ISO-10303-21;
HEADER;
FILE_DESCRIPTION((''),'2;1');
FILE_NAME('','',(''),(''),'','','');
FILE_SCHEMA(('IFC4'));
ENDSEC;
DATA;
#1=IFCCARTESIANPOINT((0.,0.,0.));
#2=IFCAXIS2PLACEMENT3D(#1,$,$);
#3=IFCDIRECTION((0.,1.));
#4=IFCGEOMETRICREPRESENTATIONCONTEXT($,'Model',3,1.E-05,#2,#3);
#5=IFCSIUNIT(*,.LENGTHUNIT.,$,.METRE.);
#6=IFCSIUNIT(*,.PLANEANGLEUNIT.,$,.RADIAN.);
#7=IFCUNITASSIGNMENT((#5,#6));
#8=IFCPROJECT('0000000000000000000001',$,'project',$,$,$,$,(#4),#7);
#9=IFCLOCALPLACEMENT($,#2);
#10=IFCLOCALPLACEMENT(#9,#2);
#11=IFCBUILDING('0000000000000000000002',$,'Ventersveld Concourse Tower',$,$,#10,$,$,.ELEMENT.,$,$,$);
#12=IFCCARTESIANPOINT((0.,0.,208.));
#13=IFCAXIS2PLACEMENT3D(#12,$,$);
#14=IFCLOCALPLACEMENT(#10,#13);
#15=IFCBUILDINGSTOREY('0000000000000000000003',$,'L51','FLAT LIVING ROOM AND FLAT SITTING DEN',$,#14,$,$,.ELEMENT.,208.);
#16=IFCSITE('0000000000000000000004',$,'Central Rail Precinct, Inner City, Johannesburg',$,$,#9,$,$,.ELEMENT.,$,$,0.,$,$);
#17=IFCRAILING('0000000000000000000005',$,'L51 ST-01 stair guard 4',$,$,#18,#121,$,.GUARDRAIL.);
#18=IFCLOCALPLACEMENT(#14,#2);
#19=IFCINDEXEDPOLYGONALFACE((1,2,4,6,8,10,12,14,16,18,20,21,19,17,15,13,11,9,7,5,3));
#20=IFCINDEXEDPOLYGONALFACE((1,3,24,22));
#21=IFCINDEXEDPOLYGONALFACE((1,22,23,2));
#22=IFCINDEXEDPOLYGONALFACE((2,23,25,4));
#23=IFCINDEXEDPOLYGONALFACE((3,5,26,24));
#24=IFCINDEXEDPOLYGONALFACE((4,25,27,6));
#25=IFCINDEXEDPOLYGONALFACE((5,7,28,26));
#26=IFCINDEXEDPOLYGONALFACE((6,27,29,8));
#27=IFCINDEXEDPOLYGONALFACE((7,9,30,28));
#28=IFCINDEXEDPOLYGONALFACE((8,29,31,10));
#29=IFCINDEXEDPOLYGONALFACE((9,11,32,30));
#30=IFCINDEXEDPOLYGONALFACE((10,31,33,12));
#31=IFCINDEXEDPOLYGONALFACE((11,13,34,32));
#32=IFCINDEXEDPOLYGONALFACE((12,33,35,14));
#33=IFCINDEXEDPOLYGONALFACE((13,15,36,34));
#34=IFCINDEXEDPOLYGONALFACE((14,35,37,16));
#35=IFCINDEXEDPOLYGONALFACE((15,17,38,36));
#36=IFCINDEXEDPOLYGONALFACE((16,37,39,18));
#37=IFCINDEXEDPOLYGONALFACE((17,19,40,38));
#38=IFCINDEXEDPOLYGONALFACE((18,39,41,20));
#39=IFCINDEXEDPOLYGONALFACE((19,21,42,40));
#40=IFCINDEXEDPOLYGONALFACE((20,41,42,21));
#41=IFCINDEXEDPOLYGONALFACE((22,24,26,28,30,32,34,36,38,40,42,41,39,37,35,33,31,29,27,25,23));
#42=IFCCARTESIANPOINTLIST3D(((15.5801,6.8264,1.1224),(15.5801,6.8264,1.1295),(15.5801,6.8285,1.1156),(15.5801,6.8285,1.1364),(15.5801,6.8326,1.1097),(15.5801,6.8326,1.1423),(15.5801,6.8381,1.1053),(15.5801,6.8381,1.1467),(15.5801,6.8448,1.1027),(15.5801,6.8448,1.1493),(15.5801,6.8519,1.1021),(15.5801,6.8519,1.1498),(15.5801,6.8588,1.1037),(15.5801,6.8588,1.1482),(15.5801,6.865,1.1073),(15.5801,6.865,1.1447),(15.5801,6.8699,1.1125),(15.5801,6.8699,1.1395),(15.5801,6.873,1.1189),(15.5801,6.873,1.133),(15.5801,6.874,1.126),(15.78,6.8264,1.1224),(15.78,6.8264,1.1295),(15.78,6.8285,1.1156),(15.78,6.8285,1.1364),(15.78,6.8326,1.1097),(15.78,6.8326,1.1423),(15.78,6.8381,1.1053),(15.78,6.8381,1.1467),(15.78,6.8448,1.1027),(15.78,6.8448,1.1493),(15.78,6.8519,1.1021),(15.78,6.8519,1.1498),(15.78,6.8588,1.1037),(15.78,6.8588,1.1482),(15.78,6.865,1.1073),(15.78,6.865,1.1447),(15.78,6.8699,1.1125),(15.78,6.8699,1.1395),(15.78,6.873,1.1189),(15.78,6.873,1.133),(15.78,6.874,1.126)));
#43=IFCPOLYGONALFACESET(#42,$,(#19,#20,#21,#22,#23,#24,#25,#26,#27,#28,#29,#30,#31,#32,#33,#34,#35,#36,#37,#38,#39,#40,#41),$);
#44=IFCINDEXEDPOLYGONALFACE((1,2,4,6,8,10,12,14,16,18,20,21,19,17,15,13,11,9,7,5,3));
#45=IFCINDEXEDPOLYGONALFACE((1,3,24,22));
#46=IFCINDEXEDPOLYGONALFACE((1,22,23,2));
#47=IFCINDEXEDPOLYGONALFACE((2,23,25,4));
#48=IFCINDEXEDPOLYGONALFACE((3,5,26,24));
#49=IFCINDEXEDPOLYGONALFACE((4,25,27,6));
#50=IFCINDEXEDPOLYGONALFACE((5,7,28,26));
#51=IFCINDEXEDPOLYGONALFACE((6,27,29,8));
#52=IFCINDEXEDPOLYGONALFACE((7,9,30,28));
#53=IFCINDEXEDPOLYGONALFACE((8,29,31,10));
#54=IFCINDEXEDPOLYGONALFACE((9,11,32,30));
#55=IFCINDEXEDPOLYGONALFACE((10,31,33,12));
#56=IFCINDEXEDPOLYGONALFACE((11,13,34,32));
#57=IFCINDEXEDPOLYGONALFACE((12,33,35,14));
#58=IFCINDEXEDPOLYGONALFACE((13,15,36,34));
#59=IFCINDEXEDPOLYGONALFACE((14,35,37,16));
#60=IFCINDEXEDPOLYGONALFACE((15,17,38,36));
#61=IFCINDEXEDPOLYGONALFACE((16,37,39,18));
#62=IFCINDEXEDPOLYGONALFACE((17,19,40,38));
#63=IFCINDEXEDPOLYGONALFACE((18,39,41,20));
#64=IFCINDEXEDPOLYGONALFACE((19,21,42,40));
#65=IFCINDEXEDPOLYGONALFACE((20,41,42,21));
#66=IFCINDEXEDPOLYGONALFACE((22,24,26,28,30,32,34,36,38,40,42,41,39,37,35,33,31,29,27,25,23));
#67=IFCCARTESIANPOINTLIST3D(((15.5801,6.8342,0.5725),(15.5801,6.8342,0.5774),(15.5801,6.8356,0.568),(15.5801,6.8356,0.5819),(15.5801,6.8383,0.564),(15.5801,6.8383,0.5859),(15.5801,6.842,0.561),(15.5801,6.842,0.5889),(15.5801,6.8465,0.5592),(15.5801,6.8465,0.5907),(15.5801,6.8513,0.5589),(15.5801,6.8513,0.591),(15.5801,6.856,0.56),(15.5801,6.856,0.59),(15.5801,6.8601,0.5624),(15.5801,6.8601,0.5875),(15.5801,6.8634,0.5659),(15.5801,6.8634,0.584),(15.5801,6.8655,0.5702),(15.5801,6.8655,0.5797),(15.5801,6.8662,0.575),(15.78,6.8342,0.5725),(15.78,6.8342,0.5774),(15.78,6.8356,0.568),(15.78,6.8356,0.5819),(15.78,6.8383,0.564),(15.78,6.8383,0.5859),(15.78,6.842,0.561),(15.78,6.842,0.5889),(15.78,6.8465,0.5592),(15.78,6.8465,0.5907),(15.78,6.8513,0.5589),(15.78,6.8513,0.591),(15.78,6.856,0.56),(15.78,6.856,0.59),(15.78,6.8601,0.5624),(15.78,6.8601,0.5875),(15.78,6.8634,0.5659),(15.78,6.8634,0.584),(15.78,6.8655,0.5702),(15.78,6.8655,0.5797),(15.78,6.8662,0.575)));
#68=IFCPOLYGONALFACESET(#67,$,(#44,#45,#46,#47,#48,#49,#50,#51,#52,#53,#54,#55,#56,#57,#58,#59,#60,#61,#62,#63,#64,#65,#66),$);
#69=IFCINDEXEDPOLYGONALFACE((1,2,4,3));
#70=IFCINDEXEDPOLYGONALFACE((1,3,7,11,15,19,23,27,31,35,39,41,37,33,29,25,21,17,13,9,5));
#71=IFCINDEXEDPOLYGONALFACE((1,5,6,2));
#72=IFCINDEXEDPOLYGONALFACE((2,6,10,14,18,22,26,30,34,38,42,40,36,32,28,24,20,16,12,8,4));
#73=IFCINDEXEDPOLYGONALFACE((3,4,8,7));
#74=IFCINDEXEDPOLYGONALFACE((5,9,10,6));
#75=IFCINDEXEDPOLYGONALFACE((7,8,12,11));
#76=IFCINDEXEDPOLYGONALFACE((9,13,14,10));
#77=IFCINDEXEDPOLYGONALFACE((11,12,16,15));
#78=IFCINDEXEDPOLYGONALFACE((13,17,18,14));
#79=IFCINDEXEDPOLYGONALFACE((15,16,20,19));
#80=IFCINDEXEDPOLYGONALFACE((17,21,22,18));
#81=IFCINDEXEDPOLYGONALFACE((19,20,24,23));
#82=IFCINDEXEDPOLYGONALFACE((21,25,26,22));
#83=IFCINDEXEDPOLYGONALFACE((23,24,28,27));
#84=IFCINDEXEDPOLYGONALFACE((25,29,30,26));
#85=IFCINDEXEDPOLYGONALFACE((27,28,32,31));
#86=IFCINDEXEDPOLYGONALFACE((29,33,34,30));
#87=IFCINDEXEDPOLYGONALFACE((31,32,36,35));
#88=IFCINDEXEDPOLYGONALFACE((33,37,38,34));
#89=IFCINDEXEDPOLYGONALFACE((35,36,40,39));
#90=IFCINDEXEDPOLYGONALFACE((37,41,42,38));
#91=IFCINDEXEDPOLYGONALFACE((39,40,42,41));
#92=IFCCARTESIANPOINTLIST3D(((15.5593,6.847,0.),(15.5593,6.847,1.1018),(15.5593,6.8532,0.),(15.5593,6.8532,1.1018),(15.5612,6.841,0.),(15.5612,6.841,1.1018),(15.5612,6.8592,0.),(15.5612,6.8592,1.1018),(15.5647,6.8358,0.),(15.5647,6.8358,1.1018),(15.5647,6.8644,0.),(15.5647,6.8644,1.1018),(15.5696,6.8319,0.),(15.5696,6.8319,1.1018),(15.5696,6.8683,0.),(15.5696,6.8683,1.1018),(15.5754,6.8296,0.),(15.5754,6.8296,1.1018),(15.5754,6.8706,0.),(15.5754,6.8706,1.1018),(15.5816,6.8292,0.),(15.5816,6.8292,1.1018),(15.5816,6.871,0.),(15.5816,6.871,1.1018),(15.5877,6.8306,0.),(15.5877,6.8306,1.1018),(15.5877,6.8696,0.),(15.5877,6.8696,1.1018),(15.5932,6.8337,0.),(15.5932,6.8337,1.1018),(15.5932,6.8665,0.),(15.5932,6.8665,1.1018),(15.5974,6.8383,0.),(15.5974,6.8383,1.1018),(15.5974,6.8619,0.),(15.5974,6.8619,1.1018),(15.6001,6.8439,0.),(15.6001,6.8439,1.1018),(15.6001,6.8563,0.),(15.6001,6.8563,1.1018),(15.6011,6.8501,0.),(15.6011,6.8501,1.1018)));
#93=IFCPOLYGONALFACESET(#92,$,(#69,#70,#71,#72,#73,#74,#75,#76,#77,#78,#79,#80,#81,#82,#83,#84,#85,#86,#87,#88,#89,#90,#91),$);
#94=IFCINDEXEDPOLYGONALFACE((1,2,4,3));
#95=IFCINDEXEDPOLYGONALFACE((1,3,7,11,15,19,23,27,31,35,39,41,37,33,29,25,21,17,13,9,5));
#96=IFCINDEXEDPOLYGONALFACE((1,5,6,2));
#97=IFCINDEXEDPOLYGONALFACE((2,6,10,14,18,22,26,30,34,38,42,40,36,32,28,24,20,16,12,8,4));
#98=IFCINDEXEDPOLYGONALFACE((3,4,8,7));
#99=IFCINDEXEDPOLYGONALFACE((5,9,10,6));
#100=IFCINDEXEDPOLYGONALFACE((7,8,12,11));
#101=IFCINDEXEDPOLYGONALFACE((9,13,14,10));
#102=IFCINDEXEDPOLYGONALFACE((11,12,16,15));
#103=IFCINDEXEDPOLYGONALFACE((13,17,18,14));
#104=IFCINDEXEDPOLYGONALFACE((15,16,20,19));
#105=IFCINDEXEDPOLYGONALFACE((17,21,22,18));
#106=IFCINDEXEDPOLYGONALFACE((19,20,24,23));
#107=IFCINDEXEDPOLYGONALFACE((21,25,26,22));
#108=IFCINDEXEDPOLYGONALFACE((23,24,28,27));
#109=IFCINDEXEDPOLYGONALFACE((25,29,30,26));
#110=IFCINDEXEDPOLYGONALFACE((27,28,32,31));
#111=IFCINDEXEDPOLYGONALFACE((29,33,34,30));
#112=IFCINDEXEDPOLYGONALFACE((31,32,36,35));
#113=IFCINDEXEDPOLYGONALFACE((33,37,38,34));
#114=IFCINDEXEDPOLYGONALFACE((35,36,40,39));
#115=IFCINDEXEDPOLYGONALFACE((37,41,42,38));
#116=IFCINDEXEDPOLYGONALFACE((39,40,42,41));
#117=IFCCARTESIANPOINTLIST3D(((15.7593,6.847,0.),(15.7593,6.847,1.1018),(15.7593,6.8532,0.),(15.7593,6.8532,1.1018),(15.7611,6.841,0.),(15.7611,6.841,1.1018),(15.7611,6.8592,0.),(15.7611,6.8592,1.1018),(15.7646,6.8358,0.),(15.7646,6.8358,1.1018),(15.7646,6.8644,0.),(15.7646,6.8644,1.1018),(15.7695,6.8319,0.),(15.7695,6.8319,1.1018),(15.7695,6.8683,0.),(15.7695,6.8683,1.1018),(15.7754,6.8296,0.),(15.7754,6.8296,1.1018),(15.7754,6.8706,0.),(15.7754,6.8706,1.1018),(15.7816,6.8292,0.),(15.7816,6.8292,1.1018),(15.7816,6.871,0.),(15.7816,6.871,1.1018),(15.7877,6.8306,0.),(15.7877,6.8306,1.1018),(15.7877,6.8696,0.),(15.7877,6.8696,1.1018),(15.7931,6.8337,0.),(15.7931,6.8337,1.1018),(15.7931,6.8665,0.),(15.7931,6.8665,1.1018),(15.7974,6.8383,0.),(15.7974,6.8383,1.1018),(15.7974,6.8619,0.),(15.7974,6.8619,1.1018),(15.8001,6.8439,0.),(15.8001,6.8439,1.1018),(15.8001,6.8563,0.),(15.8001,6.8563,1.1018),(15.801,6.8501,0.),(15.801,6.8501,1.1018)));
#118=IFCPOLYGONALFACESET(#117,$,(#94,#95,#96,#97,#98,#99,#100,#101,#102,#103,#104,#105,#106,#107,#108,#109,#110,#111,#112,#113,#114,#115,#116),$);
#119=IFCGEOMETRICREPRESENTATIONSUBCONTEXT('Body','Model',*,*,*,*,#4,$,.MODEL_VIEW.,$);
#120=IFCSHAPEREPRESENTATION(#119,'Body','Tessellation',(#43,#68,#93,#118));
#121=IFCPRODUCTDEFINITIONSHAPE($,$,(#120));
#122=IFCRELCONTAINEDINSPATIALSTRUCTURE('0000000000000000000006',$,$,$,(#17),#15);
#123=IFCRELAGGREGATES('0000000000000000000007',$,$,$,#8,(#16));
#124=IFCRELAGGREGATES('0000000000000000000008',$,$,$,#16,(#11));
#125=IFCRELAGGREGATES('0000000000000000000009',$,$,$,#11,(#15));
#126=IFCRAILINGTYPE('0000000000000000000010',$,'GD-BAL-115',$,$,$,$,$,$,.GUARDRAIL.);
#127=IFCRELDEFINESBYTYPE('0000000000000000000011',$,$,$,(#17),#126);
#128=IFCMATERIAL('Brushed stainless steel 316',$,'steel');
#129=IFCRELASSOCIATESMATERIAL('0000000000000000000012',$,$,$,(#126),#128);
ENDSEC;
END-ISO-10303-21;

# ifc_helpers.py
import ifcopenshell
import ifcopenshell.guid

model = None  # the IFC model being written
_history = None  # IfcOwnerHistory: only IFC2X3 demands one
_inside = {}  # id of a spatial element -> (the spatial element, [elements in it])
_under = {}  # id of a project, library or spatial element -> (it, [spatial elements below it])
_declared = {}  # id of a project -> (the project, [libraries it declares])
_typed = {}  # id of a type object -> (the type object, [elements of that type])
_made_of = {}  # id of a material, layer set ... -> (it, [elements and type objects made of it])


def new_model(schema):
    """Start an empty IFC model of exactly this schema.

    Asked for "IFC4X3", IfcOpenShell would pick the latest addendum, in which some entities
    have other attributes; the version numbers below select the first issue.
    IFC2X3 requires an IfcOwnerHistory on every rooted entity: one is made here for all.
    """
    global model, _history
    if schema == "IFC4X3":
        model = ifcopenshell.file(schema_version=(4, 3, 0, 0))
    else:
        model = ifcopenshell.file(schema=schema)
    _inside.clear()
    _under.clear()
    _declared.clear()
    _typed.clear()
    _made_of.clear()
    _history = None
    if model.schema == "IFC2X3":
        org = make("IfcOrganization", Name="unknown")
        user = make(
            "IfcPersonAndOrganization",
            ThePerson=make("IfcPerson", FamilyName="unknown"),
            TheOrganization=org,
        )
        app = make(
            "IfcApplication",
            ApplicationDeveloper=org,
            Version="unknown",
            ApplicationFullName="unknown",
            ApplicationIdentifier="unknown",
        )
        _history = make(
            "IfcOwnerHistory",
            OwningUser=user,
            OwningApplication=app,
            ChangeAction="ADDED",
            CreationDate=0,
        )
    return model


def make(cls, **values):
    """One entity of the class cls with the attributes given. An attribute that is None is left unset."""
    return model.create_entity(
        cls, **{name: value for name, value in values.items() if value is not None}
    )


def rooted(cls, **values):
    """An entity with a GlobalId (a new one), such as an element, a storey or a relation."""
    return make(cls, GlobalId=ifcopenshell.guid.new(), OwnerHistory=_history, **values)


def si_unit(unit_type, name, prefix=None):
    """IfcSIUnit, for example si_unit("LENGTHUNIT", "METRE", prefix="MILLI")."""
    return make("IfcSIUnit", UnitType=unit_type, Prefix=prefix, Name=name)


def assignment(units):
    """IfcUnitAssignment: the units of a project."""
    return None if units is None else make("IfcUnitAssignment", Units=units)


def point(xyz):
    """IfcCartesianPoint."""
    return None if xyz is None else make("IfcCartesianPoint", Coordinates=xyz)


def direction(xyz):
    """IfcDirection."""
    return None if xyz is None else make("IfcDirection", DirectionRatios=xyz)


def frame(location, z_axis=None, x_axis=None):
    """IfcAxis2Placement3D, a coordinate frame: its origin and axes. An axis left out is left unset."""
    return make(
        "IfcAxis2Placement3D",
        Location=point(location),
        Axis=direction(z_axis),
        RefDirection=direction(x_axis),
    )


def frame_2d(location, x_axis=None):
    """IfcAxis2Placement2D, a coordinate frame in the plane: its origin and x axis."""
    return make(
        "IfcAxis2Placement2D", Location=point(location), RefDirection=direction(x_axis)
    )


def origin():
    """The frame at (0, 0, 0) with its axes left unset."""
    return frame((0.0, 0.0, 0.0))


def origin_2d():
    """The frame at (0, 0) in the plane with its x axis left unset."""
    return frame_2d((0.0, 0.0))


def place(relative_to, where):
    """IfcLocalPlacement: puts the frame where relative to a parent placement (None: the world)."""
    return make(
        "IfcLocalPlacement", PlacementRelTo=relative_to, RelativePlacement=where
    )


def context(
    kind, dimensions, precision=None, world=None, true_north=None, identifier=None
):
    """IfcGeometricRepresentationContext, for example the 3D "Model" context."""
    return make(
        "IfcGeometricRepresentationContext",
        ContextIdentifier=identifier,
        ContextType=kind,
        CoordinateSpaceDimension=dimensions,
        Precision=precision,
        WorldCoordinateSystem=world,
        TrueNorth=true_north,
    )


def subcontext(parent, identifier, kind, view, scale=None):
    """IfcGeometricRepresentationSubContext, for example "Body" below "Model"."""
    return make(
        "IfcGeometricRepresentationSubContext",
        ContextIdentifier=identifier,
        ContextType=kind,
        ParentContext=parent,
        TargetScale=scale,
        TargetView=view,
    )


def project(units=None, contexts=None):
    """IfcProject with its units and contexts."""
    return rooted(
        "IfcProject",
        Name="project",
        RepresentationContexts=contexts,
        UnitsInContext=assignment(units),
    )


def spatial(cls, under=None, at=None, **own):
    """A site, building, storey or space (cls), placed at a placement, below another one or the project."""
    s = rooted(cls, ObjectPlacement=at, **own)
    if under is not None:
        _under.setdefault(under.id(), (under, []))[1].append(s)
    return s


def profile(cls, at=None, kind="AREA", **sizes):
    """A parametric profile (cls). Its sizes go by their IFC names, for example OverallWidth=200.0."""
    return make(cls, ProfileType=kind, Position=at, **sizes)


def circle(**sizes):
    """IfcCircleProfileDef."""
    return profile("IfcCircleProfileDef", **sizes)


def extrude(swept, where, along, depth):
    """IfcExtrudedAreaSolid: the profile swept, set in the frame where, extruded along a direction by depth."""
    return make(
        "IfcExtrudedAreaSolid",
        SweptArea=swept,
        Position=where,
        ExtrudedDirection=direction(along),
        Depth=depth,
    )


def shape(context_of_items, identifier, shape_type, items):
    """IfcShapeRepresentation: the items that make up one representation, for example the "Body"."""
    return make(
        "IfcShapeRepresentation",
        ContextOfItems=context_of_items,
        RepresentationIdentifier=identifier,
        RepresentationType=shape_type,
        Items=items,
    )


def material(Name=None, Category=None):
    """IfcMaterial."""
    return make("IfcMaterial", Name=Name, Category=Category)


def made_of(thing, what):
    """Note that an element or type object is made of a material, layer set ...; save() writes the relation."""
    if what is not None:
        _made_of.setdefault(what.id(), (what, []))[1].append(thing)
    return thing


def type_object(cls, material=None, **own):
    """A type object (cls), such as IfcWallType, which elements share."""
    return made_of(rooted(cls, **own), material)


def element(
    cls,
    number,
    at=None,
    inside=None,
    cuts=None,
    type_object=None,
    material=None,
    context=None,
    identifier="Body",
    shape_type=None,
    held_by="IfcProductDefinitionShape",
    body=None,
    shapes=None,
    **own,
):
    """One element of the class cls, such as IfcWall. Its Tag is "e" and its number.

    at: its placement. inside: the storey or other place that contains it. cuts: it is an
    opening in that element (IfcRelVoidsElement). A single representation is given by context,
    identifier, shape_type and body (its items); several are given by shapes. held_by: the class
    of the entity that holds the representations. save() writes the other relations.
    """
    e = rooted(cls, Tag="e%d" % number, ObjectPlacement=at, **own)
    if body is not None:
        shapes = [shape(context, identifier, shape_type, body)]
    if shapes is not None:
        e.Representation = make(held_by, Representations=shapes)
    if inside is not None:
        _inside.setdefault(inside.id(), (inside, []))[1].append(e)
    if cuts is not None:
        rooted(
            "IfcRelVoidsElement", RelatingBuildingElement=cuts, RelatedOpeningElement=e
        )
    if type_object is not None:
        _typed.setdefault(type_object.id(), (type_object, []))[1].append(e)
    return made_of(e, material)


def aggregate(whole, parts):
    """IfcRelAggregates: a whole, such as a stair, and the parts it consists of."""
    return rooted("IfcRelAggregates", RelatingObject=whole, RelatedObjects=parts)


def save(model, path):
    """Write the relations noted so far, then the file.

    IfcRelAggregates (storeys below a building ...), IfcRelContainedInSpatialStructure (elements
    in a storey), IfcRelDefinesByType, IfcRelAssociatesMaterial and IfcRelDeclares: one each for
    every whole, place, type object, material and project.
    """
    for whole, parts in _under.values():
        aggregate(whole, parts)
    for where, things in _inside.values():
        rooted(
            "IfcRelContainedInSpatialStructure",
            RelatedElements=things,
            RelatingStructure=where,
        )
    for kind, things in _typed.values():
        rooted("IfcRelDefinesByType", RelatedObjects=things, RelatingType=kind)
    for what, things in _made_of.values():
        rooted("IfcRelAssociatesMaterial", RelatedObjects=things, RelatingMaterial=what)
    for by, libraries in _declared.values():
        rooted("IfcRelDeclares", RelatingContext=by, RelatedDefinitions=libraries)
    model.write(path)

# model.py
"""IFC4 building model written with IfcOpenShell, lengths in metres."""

from ifc_helpers import new_model, si_unit, direction, frame, origin, origin_2d, place, context, subcontext, project, spatial, circle, extrude, material, type_object, element, save


model = new_model("IFC4")

# Units and contexts
model_context = context("Model", 3, precision=1e-05, world=origin(), true_north=direction((0.0, 1.0)))
body_context = subcontext(model_context, "Body", "Model", "MODEL_VIEW")
ifc_project = project(units=[si_unit("LENGTHUNIT", "METRE"), si_unit("PLANEANGLEUNIT", "RADIAN")], contexts=[model_context])

# Site, building, storey
site_placement = place(None, origin())
site = spatial("IfcSite", under=ifc_project, at=site_placement, Name="Central Rail Precinct, Inner City, Johannesburg", CompositionType="ELEMENT", RefElevation=0.0)
building_placement = place(site_placement, origin())
building = spatial("IfcBuilding", under=site, at=building_placement, Name="Ventersveld Concourse Tower", CompositionType="ELEMENT")
storey_placement = place(building_placement, frame((0.0, 0.0, 208.0)))
storey = spatial("IfcBuildingStorey", under=building, at=storey_placement, Name="L51", Description="FLAT LIVING ROOM AND FLAT SITTING DEN", CompositionType="ELEMENT", Elevation=208.0)

# Shared definitions
ifc_material_1 = material(Name="Brushed stainless steel 316", Category="steel")

# Railing
railing_type_1 = type_object("IfcRailingType", Name="GD-BAL-115", PredefinedType="GUARDRAIL", material=ifc_material_1)
railing_1_placement = place(storey_placement, frame((15.5801, 6.8501, 0.0)))
element("IfcRailing", 1, at=railing_1_placement, inside=storey, type_object=railing_type_1, Name="L51 ST-01 stair guard 4", PredefinedType="GUARDRAIL", context=body_context, shape_type="SweptSolid", body=[
    extrude(circle(Radius=0.0239, at=origin_2d()), frame((0.0, 0.0, 1.126), z_axis=(1.0, 0.0, 0.0), x_axis=(0.0, 1.0, 0.0)), (0.0, 0.0, 1.0), 0.2),
    extrude(circle(Radius=0.0161, at=origin_2d()), frame((0.0, 0.0, 0.575), z_axis=(1.0, 0.0, 0.0), x_axis=(0.0, 1.0, 0.0)), (0.0, 0.0, 1.0), 0.2),
    extrude(circle(Radius=0.021, at=origin_2d()), origin(), (0.0, 0.0, 1.0), 1.1018),
    extrude(circle(Radius=0.021, at=origin_2d()), frame((0.2, 0.0, 0.0)), (0.0, 0.0, 1.0), 1.1018),
])

save(model, "model.ifc")
